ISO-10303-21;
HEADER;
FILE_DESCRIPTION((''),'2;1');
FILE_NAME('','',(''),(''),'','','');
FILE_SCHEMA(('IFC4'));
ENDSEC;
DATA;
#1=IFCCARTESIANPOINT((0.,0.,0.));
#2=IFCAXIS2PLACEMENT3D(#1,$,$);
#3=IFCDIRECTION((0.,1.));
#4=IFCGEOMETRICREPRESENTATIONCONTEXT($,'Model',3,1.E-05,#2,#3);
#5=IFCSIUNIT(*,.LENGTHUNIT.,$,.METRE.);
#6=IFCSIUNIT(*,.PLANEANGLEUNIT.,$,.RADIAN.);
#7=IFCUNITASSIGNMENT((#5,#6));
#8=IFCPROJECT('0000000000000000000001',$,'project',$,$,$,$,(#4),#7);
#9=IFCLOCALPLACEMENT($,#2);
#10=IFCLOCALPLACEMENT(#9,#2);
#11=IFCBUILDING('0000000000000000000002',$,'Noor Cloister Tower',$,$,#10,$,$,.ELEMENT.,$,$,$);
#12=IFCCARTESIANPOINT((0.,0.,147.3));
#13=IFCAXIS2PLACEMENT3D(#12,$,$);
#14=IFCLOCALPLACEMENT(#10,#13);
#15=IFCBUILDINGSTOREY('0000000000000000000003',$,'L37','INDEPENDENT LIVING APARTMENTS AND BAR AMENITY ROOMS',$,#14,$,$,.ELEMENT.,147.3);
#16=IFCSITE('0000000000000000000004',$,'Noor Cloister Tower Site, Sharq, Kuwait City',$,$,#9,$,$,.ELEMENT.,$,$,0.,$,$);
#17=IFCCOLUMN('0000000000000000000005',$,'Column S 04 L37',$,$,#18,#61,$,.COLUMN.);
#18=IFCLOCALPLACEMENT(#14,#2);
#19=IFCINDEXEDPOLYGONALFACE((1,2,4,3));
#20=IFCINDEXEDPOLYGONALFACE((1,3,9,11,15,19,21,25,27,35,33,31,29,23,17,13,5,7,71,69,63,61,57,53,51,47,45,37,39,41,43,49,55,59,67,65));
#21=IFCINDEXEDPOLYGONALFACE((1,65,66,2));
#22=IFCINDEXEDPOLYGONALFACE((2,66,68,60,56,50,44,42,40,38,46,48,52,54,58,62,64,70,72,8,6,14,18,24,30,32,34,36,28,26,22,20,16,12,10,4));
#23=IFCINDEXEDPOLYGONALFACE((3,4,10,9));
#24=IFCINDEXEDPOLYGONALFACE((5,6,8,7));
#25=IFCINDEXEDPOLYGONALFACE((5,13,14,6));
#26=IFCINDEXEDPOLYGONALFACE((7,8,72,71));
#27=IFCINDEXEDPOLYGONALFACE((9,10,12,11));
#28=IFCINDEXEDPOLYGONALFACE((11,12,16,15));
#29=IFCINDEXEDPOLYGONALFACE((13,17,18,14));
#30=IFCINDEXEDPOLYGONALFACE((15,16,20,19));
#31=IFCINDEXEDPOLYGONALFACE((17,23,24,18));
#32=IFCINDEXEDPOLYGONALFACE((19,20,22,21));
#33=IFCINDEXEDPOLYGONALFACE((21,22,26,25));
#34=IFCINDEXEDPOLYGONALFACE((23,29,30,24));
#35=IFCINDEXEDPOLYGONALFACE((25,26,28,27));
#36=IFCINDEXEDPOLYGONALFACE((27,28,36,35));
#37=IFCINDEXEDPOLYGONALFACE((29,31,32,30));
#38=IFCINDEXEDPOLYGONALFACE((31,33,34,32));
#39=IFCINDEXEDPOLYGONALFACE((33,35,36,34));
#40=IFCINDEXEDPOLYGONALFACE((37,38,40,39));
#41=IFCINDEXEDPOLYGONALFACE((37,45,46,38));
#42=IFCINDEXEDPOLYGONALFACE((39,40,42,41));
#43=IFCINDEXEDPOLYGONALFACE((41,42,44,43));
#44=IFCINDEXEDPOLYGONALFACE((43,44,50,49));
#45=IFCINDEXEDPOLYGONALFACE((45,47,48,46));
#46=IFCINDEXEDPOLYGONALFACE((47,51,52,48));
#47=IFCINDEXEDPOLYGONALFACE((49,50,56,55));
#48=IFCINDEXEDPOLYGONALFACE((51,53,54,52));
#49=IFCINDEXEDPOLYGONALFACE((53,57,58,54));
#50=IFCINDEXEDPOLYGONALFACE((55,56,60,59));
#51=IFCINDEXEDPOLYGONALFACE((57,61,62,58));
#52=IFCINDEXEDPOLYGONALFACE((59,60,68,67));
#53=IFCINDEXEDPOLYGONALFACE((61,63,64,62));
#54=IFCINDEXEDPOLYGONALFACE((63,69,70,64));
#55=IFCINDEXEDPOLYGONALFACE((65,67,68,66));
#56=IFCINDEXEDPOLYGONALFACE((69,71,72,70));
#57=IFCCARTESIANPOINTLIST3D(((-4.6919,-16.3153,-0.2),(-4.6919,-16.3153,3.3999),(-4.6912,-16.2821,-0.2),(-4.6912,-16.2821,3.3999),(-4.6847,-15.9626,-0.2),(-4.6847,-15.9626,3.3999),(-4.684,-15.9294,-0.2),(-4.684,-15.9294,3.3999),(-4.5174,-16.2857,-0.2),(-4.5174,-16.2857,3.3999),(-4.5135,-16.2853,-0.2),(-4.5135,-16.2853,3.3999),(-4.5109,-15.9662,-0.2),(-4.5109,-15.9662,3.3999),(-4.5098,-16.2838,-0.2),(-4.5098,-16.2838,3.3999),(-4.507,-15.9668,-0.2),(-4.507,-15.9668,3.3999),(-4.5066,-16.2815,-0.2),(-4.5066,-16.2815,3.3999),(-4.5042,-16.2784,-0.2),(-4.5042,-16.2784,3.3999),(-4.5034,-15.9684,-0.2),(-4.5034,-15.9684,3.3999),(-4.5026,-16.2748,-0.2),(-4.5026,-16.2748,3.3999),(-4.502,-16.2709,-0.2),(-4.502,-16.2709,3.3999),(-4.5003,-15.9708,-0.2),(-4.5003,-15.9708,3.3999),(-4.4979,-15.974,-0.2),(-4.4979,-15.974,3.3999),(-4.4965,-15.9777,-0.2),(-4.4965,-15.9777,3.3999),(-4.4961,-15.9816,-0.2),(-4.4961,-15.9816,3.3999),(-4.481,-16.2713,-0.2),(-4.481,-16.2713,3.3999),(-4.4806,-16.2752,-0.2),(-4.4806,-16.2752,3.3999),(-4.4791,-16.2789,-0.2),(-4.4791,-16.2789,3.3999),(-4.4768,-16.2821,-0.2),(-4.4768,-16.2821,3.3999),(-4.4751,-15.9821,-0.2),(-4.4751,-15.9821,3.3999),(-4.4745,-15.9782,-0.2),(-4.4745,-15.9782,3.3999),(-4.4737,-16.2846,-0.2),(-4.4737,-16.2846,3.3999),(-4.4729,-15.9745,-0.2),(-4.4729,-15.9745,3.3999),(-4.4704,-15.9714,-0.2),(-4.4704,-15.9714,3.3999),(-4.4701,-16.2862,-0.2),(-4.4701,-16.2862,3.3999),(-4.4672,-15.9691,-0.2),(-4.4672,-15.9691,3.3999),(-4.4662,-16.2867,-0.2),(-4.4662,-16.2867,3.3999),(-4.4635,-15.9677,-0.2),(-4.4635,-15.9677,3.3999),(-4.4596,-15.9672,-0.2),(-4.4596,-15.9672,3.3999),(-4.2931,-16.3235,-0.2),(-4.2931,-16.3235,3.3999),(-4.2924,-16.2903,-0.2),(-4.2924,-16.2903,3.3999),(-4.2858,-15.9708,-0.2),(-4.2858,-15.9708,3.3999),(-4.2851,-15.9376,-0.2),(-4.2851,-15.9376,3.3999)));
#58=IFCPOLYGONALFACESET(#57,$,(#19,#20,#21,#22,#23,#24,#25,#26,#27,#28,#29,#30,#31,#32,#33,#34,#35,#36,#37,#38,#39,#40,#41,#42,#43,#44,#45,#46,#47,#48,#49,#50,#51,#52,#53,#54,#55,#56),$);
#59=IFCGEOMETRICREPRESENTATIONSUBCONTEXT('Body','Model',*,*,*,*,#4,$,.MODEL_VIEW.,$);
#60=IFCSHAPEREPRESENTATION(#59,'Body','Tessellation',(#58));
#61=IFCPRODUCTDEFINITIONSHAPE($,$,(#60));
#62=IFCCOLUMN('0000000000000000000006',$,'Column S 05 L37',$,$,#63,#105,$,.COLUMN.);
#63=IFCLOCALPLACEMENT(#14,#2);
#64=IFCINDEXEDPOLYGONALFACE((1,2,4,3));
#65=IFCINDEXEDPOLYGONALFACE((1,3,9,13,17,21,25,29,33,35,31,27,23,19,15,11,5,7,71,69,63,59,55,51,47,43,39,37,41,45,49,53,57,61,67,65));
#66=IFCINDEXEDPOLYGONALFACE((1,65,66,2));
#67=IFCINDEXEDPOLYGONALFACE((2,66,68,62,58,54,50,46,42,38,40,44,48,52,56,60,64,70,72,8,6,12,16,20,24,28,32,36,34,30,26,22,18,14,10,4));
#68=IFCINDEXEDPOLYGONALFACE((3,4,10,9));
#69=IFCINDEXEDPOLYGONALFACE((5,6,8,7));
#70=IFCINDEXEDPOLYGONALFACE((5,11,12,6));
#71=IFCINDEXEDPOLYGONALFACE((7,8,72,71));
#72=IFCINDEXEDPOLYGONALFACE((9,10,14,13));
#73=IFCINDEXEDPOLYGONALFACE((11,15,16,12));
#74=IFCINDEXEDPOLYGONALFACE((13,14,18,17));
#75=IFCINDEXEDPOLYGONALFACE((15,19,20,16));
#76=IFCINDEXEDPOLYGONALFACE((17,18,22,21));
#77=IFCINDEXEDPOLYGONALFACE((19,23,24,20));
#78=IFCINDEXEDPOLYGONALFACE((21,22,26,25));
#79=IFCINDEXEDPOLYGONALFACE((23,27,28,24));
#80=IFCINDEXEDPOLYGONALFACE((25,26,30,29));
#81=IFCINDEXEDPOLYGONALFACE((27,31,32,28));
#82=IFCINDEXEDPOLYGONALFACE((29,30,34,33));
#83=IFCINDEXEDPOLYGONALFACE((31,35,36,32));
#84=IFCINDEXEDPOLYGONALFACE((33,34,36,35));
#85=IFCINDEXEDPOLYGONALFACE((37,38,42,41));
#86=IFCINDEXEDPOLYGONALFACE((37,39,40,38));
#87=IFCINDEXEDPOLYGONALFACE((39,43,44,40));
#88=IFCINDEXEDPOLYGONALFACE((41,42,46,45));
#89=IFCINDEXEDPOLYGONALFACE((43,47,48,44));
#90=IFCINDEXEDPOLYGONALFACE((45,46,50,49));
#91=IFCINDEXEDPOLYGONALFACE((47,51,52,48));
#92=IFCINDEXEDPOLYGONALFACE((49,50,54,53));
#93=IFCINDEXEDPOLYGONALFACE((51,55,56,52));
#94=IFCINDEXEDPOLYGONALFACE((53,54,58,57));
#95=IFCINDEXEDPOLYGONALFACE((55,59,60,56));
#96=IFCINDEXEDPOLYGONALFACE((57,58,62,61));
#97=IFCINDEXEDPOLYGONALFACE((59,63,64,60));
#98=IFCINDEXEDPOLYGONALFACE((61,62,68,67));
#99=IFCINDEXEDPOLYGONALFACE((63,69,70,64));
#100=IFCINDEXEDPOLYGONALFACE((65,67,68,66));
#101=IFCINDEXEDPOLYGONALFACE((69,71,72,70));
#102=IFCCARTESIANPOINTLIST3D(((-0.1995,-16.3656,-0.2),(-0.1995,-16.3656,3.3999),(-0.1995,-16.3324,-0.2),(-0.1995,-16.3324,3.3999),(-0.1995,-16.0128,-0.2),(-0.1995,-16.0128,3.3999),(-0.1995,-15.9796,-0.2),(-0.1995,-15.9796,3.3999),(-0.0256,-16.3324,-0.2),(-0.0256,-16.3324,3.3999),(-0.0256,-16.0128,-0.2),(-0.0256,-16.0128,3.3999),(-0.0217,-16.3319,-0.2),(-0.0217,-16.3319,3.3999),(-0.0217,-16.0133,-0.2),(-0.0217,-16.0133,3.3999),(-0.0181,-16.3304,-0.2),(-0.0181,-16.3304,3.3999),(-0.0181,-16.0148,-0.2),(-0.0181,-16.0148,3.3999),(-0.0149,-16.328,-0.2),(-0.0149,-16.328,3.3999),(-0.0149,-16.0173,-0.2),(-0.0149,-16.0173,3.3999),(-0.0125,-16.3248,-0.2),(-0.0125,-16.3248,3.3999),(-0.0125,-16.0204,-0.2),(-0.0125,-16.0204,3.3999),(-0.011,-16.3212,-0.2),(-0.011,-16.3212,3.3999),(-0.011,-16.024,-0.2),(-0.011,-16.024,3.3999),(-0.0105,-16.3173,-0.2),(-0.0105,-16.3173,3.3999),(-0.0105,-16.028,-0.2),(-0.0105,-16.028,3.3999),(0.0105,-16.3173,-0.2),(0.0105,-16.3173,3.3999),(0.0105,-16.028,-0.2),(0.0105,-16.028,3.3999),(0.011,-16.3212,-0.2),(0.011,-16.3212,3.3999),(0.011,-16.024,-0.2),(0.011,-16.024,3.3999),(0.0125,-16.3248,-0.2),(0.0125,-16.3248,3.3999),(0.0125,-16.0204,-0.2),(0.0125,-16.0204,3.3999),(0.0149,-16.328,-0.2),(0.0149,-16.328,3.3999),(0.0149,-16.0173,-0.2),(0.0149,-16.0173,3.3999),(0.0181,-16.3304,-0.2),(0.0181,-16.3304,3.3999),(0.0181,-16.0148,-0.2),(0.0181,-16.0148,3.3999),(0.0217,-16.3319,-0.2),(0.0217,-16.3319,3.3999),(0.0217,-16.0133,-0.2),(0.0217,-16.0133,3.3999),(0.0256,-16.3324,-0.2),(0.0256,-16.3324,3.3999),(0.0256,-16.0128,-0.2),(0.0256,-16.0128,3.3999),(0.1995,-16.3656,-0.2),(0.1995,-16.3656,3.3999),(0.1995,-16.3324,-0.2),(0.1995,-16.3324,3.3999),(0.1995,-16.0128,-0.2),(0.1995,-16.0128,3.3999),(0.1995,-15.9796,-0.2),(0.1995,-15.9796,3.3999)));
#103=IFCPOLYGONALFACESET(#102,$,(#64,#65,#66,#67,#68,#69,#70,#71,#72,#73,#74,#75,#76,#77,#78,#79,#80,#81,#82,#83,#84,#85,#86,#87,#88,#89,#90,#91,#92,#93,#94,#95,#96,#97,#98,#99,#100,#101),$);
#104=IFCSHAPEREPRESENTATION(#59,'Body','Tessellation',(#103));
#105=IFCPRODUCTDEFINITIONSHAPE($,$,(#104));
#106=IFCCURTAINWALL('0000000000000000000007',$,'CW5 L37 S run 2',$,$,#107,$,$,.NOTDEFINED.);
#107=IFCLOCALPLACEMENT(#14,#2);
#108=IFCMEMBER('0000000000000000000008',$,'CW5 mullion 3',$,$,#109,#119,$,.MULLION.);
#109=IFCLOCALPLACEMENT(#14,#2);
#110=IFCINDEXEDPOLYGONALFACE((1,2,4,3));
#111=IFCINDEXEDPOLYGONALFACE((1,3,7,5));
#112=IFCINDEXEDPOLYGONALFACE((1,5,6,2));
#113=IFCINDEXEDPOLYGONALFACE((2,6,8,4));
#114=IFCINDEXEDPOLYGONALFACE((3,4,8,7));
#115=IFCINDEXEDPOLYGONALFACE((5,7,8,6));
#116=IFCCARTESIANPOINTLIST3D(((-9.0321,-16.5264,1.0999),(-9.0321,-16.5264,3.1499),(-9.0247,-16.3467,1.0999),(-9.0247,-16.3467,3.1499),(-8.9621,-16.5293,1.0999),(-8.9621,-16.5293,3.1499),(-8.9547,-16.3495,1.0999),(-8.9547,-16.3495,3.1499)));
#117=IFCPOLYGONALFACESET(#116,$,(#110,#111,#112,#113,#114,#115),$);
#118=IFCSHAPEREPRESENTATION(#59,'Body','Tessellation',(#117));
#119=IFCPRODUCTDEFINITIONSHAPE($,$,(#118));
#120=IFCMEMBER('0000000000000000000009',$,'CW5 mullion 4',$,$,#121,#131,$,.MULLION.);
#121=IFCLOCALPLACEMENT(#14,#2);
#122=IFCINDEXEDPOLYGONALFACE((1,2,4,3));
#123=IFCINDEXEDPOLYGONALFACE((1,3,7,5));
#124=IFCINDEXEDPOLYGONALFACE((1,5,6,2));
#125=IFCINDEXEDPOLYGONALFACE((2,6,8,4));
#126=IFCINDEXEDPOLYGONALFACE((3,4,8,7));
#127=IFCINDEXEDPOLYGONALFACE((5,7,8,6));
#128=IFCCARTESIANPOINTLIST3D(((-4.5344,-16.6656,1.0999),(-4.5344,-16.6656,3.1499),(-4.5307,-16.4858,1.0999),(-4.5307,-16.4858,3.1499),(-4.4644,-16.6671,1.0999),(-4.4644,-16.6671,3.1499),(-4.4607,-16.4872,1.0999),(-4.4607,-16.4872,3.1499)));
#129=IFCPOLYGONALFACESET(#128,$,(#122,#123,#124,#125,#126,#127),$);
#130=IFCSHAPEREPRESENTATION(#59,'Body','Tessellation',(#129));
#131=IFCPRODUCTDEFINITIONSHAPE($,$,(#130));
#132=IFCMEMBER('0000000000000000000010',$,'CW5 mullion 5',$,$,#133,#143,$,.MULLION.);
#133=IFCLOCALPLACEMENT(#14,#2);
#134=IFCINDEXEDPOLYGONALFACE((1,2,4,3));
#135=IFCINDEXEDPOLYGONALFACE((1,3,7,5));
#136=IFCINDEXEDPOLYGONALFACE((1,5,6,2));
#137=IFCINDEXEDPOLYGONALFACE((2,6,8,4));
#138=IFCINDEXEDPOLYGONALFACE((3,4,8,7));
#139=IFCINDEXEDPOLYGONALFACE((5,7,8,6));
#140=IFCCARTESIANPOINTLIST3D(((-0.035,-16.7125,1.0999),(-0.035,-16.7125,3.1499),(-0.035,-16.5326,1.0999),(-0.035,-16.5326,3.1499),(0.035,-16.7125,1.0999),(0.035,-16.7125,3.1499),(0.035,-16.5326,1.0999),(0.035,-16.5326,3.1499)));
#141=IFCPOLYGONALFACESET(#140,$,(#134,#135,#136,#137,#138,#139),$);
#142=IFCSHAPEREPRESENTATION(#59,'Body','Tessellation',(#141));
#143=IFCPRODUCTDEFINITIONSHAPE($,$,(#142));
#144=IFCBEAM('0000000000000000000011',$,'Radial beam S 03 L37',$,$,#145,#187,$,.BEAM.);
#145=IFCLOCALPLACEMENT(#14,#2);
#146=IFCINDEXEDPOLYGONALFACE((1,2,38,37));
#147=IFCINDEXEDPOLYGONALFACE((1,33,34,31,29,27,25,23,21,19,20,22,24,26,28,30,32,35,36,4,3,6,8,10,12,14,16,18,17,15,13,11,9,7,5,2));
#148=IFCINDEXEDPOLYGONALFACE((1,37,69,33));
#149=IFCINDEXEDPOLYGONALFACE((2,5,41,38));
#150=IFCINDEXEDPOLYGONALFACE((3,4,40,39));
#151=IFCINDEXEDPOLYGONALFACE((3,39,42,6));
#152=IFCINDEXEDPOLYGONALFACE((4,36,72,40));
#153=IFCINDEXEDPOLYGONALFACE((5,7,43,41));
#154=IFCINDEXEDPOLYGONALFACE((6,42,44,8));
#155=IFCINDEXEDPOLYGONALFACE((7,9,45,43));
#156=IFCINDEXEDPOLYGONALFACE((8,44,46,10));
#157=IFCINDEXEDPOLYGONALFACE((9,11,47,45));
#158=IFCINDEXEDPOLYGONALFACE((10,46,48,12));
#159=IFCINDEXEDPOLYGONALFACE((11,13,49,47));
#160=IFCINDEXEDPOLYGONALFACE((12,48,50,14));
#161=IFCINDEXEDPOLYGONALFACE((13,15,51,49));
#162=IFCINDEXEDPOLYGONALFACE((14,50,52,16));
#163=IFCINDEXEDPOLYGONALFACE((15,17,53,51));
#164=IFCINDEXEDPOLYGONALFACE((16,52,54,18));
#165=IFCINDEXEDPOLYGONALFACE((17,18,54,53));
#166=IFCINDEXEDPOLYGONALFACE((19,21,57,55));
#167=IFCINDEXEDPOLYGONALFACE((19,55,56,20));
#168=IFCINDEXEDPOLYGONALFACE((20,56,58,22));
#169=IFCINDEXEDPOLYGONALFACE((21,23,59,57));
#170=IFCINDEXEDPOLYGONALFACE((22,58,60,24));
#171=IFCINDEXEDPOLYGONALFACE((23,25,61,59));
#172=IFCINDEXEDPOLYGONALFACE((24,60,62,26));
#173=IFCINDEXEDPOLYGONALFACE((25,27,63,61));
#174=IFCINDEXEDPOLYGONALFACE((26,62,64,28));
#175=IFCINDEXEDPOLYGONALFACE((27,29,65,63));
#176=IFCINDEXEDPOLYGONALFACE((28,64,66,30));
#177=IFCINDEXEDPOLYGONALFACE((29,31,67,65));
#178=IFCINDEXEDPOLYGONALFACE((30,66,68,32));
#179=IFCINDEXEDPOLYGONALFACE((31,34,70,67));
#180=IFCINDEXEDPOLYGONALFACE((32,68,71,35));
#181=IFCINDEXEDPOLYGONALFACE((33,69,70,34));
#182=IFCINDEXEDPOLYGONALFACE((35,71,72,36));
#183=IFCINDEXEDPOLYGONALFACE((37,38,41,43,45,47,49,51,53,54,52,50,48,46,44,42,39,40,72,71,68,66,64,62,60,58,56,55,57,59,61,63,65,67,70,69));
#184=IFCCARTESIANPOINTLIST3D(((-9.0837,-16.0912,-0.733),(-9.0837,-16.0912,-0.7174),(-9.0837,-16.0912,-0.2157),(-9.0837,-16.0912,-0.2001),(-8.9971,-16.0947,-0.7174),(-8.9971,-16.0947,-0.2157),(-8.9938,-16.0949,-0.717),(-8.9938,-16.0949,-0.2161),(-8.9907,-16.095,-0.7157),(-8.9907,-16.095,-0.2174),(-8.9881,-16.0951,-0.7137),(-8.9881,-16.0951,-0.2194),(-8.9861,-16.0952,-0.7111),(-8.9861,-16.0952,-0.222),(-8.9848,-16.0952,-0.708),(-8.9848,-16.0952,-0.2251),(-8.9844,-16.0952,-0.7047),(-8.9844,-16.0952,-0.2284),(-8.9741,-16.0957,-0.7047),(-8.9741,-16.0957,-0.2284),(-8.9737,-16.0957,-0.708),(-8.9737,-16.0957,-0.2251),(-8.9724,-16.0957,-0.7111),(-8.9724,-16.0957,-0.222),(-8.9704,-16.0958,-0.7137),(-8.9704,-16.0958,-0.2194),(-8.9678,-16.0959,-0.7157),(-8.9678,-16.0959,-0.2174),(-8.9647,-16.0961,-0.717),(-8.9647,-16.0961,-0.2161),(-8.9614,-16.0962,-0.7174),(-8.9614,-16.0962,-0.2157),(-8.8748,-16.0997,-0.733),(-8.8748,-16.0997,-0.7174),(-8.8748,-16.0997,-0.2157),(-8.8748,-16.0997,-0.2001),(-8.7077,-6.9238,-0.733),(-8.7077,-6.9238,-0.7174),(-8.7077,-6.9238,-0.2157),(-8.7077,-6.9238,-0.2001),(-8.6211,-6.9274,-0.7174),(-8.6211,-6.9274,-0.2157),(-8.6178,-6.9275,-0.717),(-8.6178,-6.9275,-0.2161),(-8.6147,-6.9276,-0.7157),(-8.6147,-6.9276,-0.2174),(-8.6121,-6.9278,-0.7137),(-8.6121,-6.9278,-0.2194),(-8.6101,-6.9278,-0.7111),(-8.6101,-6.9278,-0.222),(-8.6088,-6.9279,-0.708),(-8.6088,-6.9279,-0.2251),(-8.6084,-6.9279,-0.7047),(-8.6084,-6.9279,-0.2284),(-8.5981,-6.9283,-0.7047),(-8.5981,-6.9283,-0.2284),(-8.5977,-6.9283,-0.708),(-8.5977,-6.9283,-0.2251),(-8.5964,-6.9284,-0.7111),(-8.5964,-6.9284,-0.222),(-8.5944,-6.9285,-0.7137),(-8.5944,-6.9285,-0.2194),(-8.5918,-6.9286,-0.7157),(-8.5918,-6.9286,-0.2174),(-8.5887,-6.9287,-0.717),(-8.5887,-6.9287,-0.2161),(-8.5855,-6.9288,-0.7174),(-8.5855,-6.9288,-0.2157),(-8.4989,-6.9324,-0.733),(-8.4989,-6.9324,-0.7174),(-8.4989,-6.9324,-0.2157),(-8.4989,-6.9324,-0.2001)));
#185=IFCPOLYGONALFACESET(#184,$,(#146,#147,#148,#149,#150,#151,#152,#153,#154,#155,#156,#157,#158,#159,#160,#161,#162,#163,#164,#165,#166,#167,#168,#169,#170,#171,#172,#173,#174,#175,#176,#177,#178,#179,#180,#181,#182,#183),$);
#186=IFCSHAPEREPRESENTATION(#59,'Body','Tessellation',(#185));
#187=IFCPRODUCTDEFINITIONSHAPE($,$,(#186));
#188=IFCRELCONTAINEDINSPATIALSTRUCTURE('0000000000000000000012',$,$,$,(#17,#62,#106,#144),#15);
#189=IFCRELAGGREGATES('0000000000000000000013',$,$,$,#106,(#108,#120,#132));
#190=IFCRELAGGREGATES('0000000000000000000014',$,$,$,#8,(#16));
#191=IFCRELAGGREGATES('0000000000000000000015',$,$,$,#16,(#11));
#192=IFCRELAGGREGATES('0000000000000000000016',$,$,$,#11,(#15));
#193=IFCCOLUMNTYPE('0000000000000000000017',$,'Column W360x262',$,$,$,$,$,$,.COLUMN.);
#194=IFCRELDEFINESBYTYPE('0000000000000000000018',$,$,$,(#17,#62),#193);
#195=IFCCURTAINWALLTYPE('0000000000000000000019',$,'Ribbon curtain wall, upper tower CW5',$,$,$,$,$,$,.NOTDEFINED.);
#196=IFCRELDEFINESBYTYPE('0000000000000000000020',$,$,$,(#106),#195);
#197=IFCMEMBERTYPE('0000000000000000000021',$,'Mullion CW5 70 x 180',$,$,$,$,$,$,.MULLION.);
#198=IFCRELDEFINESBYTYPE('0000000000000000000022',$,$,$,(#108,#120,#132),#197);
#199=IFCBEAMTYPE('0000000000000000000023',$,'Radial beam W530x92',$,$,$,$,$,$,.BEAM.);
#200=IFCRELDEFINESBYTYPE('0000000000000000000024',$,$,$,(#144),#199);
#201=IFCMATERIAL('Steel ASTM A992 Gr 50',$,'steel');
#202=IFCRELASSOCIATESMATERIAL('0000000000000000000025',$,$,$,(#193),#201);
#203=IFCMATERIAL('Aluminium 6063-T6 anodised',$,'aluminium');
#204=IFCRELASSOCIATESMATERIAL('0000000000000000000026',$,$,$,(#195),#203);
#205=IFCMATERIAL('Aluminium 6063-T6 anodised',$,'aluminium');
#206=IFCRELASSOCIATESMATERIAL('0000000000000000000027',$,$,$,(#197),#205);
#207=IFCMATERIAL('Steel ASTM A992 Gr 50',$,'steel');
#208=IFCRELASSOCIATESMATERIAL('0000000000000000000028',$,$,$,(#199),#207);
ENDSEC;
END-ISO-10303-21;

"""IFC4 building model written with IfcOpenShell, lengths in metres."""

from ifc_helpers import new_model, si_unit, direction, frame, origin, origin_2d, place, context, subcontext, project, spatial, rectangle, i_section, extrude, material, material_profile, profile_set, type_object, element, aggregate, save


model = new_model("IFC4")

# Units and contexts
model_context = context("Model", 3, precision=1e-05, world=origin(), true_north=direction((0.0, 1.0)))
body_context = subcontext(model_context, "Body", "Model", "MODEL_VIEW")
ifc_project = project(units=[si_unit("LENGTHUNIT", "METRE"), si_unit("PLANEANGLEUNIT", "RADIAN")], contexts=[model_context])

# Site, building, storey
site_placement = place(None, origin())
site = spatial("IfcSite", under=ifc_project, at=site_placement, Name="Noor Cloister Tower Site, Sharq, Kuwait City", CompositionType="ELEMENT", RefElevation=0.0)
building_placement = place(site_placement, origin())
building = spatial("IfcBuilding", under=site, at=building_placement, Name="Noor Cloister Tower", CompositionType="ELEMENT")
storey_placement = place(building_placement, frame((0.0, 0.0, 147.3)))
storey = spatial("IfcBuildingStorey", under=building, at=storey_placement, Name="L37", Description="INDEPENDENT LIVING APARTMENTS AND BAR AMENITY ROOMS", CompositionType="ELEMENT", Elevation=147.3)

# Columns
ifc_material_1 = material(Name="Steel ASTM A992 Gr 50", Category="steel")
ifc_material_profile_1 = material_profile(ifc_material_1, i_section(OverallWidth=0.3989, OverallDepth=0.386, WebThickness=0.021, FlangeThickness=0.0332, FilletRadius=0.0151, at=origin_2d()), Name="W360x262")
ifc_profile_set_1 = profile_set([ifc_material_profile_1], Name="Steel ASTM A992 Gr 50")
column_type = type_object("IfcColumnType", Name="Column W360x262", PredefinedType="COLUMN", material=ifc_profile_set_1)
for number, where, z_axis, x_axis, name in (
    (1, (-4.4885, -16.1265, -0.2), (0.0, 0.0, 1.0), (0.99979, -0.020502, 0.0), "Column S 04 L37"),
    (2, (0.0, -16.1726, -0.2), (0.0, 0.0, 1.0), (1.0, 0.0, 0.0), "Column S 05 L37"),
):
    element("IfcColumn", number, at=place(storey_placement, frame(where, z_axis=z_axis, x_axis=x_axis)), inside=storey, type_object=column_type, Name=name, PredefinedType="COLUMN", context=body_context, shape_type="SweptSolid", body=[
        extrude(i_section(OverallWidth=0.3989, OverallDepth=0.386, WebThickness=0.021, FlangeThickness=0.0332, FilletRadius=0.0151, at=origin_2d()), origin(), (0.0, 0.0, 1.0), 3.5999),
    ])

# Curtain wall, members
ifc_material_2 = material(Name="Aluminium 6063-T6 anodised", Category="aluminium")
curtain_wall_type = type_object("IfcCurtainWallType", Name="Ribbon curtain wall, upper tower CW5", PredefinedType="NOTDEFINED", material=ifc_material_2)
curtain_wall_placement = place(storey_placement, origin())
curtain_wall = element("IfcCurtainWall", 3, at=curtain_wall_placement, inside=storey, type_object=curtain_wall_type, Name="CW5 L37 S run 2", PredefinedType="NOTDEFINED")
ifc_material_3 = material(Name="Aluminium 6063-T6 anodised", Category="aluminium")
ifc_material_profile_2 = material_profile(ifc_material_3, rectangle(XDim=0.1799, YDim=0.0701, at=origin_2d()), Name="180 x 70 mullion")
ifc_profile_set_2 = profile_set([ifc_material_profile_2], Name="Aluminium 6063-T6 anodised")
member_type = type_object("IfcMemberType", Name="Mullion CW5 70 x 180", PredefinedType="MULLION", material=ifc_profile_set_2)
member_1_placement = place(storey_placement, frame((-8.9934, -16.438, 1.0999), z_axis=(0.0, 0.0, 1.0), x_axis=(0.040995, 0.999159, 0.0)))
member_1 = element("IfcMember", 4, at=member_1_placement, type_object=member_type, Name="CW5 mullion 3", PredefinedType="MULLION", context=body_context, shape_type="SweptSolid", body=[
    extrude(rectangle(XDim=0.1799, YDim=0.0701, at=origin_2d()), origin(), (0.0, 0.0, 1.0), 2.05),
])
member_2_placement = place(storey_placement, frame((-4.4976, -16.5764, 1.0999), z_axis=(0.0, 0.0, 1.0), x_axis=(0.020502, 0.99979, 0.0)))
member_2 = element("IfcMember", 5, at=member_2_placement, type_object=member_type, Name="CW5 mullion 4", PredefinedType="MULLION", context=body_context, shape_type="SweptSolid", body=[
    extrude(rectangle(XDim=0.1799, YDim=0.0701, at=origin_2d()), origin(), (0.0, 0.0, 1.0), 2.05),
])
member_3_placement = place(storey_placement, frame((0.0, -16.6226, 1.0999), z_axis=(0.0, 0.0, 1.0), x_axis=(0.0, 1.0, 0.0)))
member_3 = element("IfcMember", 6, at=member_3_placement, type_object=member_type, Name="CW5 mullion 5", PredefinedType="MULLION", context=body_context, shape_type="SweptSolid", body=[
    extrude(rectangle(XDim=0.1799, YDim=0.0701, at=origin_2d()), origin(), (0.0, 0.0, 1.0), 2.05),
])

# Beam
ifc_material_4 = material(Name="Steel ASTM A992 Gr 50", Category="steel")
ifc_material_profile_3 = material_profile(ifc_material_4, i_section(OverallWidth=0.209, OverallDepth=0.533, WebThickness=0.0103, FlangeThickness=0.0156, FilletRadius=0.0127, at=origin_2d()), Name="W530x92")
ifc_profile_set_3 = profile_set([ifc_material_profile_3], Name="Steel ASTM A992 Gr 50")
beam_type_1 = type_object("IfcBeamType", Name="Radial beam W530x92", PredefinedType="BEAM", material=ifc_profile_set_3)
beam_1_placement = place(storey_placement, frame((-8.9792, -16.0955, -0.4666), z_axis=(0.040979, 0.99916, 0.0), x_axis=(-0.99916, 0.040979, 0.0)))
element("IfcBeam", 7, at=beam_1_placement, inside=storey, type_object=beam_type_1, Name="Radial beam S 03 L37", PredefinedType="BEAM", context=body_context, shape_type="SweptSolid", body=[
    extrude(i_section(OverallWidth=0.209, OverallDepth=0.533, WebThickness=0.0103, FlangeThickness=0.0156, FilletRadius=0.0127, at=origin_2d()), origin(), (0.0, 0.0, 1.0), 9.175),
])

aggregate(curtain_wall, [member_1, member_2, member_3])

save(model, "model.ifc")
